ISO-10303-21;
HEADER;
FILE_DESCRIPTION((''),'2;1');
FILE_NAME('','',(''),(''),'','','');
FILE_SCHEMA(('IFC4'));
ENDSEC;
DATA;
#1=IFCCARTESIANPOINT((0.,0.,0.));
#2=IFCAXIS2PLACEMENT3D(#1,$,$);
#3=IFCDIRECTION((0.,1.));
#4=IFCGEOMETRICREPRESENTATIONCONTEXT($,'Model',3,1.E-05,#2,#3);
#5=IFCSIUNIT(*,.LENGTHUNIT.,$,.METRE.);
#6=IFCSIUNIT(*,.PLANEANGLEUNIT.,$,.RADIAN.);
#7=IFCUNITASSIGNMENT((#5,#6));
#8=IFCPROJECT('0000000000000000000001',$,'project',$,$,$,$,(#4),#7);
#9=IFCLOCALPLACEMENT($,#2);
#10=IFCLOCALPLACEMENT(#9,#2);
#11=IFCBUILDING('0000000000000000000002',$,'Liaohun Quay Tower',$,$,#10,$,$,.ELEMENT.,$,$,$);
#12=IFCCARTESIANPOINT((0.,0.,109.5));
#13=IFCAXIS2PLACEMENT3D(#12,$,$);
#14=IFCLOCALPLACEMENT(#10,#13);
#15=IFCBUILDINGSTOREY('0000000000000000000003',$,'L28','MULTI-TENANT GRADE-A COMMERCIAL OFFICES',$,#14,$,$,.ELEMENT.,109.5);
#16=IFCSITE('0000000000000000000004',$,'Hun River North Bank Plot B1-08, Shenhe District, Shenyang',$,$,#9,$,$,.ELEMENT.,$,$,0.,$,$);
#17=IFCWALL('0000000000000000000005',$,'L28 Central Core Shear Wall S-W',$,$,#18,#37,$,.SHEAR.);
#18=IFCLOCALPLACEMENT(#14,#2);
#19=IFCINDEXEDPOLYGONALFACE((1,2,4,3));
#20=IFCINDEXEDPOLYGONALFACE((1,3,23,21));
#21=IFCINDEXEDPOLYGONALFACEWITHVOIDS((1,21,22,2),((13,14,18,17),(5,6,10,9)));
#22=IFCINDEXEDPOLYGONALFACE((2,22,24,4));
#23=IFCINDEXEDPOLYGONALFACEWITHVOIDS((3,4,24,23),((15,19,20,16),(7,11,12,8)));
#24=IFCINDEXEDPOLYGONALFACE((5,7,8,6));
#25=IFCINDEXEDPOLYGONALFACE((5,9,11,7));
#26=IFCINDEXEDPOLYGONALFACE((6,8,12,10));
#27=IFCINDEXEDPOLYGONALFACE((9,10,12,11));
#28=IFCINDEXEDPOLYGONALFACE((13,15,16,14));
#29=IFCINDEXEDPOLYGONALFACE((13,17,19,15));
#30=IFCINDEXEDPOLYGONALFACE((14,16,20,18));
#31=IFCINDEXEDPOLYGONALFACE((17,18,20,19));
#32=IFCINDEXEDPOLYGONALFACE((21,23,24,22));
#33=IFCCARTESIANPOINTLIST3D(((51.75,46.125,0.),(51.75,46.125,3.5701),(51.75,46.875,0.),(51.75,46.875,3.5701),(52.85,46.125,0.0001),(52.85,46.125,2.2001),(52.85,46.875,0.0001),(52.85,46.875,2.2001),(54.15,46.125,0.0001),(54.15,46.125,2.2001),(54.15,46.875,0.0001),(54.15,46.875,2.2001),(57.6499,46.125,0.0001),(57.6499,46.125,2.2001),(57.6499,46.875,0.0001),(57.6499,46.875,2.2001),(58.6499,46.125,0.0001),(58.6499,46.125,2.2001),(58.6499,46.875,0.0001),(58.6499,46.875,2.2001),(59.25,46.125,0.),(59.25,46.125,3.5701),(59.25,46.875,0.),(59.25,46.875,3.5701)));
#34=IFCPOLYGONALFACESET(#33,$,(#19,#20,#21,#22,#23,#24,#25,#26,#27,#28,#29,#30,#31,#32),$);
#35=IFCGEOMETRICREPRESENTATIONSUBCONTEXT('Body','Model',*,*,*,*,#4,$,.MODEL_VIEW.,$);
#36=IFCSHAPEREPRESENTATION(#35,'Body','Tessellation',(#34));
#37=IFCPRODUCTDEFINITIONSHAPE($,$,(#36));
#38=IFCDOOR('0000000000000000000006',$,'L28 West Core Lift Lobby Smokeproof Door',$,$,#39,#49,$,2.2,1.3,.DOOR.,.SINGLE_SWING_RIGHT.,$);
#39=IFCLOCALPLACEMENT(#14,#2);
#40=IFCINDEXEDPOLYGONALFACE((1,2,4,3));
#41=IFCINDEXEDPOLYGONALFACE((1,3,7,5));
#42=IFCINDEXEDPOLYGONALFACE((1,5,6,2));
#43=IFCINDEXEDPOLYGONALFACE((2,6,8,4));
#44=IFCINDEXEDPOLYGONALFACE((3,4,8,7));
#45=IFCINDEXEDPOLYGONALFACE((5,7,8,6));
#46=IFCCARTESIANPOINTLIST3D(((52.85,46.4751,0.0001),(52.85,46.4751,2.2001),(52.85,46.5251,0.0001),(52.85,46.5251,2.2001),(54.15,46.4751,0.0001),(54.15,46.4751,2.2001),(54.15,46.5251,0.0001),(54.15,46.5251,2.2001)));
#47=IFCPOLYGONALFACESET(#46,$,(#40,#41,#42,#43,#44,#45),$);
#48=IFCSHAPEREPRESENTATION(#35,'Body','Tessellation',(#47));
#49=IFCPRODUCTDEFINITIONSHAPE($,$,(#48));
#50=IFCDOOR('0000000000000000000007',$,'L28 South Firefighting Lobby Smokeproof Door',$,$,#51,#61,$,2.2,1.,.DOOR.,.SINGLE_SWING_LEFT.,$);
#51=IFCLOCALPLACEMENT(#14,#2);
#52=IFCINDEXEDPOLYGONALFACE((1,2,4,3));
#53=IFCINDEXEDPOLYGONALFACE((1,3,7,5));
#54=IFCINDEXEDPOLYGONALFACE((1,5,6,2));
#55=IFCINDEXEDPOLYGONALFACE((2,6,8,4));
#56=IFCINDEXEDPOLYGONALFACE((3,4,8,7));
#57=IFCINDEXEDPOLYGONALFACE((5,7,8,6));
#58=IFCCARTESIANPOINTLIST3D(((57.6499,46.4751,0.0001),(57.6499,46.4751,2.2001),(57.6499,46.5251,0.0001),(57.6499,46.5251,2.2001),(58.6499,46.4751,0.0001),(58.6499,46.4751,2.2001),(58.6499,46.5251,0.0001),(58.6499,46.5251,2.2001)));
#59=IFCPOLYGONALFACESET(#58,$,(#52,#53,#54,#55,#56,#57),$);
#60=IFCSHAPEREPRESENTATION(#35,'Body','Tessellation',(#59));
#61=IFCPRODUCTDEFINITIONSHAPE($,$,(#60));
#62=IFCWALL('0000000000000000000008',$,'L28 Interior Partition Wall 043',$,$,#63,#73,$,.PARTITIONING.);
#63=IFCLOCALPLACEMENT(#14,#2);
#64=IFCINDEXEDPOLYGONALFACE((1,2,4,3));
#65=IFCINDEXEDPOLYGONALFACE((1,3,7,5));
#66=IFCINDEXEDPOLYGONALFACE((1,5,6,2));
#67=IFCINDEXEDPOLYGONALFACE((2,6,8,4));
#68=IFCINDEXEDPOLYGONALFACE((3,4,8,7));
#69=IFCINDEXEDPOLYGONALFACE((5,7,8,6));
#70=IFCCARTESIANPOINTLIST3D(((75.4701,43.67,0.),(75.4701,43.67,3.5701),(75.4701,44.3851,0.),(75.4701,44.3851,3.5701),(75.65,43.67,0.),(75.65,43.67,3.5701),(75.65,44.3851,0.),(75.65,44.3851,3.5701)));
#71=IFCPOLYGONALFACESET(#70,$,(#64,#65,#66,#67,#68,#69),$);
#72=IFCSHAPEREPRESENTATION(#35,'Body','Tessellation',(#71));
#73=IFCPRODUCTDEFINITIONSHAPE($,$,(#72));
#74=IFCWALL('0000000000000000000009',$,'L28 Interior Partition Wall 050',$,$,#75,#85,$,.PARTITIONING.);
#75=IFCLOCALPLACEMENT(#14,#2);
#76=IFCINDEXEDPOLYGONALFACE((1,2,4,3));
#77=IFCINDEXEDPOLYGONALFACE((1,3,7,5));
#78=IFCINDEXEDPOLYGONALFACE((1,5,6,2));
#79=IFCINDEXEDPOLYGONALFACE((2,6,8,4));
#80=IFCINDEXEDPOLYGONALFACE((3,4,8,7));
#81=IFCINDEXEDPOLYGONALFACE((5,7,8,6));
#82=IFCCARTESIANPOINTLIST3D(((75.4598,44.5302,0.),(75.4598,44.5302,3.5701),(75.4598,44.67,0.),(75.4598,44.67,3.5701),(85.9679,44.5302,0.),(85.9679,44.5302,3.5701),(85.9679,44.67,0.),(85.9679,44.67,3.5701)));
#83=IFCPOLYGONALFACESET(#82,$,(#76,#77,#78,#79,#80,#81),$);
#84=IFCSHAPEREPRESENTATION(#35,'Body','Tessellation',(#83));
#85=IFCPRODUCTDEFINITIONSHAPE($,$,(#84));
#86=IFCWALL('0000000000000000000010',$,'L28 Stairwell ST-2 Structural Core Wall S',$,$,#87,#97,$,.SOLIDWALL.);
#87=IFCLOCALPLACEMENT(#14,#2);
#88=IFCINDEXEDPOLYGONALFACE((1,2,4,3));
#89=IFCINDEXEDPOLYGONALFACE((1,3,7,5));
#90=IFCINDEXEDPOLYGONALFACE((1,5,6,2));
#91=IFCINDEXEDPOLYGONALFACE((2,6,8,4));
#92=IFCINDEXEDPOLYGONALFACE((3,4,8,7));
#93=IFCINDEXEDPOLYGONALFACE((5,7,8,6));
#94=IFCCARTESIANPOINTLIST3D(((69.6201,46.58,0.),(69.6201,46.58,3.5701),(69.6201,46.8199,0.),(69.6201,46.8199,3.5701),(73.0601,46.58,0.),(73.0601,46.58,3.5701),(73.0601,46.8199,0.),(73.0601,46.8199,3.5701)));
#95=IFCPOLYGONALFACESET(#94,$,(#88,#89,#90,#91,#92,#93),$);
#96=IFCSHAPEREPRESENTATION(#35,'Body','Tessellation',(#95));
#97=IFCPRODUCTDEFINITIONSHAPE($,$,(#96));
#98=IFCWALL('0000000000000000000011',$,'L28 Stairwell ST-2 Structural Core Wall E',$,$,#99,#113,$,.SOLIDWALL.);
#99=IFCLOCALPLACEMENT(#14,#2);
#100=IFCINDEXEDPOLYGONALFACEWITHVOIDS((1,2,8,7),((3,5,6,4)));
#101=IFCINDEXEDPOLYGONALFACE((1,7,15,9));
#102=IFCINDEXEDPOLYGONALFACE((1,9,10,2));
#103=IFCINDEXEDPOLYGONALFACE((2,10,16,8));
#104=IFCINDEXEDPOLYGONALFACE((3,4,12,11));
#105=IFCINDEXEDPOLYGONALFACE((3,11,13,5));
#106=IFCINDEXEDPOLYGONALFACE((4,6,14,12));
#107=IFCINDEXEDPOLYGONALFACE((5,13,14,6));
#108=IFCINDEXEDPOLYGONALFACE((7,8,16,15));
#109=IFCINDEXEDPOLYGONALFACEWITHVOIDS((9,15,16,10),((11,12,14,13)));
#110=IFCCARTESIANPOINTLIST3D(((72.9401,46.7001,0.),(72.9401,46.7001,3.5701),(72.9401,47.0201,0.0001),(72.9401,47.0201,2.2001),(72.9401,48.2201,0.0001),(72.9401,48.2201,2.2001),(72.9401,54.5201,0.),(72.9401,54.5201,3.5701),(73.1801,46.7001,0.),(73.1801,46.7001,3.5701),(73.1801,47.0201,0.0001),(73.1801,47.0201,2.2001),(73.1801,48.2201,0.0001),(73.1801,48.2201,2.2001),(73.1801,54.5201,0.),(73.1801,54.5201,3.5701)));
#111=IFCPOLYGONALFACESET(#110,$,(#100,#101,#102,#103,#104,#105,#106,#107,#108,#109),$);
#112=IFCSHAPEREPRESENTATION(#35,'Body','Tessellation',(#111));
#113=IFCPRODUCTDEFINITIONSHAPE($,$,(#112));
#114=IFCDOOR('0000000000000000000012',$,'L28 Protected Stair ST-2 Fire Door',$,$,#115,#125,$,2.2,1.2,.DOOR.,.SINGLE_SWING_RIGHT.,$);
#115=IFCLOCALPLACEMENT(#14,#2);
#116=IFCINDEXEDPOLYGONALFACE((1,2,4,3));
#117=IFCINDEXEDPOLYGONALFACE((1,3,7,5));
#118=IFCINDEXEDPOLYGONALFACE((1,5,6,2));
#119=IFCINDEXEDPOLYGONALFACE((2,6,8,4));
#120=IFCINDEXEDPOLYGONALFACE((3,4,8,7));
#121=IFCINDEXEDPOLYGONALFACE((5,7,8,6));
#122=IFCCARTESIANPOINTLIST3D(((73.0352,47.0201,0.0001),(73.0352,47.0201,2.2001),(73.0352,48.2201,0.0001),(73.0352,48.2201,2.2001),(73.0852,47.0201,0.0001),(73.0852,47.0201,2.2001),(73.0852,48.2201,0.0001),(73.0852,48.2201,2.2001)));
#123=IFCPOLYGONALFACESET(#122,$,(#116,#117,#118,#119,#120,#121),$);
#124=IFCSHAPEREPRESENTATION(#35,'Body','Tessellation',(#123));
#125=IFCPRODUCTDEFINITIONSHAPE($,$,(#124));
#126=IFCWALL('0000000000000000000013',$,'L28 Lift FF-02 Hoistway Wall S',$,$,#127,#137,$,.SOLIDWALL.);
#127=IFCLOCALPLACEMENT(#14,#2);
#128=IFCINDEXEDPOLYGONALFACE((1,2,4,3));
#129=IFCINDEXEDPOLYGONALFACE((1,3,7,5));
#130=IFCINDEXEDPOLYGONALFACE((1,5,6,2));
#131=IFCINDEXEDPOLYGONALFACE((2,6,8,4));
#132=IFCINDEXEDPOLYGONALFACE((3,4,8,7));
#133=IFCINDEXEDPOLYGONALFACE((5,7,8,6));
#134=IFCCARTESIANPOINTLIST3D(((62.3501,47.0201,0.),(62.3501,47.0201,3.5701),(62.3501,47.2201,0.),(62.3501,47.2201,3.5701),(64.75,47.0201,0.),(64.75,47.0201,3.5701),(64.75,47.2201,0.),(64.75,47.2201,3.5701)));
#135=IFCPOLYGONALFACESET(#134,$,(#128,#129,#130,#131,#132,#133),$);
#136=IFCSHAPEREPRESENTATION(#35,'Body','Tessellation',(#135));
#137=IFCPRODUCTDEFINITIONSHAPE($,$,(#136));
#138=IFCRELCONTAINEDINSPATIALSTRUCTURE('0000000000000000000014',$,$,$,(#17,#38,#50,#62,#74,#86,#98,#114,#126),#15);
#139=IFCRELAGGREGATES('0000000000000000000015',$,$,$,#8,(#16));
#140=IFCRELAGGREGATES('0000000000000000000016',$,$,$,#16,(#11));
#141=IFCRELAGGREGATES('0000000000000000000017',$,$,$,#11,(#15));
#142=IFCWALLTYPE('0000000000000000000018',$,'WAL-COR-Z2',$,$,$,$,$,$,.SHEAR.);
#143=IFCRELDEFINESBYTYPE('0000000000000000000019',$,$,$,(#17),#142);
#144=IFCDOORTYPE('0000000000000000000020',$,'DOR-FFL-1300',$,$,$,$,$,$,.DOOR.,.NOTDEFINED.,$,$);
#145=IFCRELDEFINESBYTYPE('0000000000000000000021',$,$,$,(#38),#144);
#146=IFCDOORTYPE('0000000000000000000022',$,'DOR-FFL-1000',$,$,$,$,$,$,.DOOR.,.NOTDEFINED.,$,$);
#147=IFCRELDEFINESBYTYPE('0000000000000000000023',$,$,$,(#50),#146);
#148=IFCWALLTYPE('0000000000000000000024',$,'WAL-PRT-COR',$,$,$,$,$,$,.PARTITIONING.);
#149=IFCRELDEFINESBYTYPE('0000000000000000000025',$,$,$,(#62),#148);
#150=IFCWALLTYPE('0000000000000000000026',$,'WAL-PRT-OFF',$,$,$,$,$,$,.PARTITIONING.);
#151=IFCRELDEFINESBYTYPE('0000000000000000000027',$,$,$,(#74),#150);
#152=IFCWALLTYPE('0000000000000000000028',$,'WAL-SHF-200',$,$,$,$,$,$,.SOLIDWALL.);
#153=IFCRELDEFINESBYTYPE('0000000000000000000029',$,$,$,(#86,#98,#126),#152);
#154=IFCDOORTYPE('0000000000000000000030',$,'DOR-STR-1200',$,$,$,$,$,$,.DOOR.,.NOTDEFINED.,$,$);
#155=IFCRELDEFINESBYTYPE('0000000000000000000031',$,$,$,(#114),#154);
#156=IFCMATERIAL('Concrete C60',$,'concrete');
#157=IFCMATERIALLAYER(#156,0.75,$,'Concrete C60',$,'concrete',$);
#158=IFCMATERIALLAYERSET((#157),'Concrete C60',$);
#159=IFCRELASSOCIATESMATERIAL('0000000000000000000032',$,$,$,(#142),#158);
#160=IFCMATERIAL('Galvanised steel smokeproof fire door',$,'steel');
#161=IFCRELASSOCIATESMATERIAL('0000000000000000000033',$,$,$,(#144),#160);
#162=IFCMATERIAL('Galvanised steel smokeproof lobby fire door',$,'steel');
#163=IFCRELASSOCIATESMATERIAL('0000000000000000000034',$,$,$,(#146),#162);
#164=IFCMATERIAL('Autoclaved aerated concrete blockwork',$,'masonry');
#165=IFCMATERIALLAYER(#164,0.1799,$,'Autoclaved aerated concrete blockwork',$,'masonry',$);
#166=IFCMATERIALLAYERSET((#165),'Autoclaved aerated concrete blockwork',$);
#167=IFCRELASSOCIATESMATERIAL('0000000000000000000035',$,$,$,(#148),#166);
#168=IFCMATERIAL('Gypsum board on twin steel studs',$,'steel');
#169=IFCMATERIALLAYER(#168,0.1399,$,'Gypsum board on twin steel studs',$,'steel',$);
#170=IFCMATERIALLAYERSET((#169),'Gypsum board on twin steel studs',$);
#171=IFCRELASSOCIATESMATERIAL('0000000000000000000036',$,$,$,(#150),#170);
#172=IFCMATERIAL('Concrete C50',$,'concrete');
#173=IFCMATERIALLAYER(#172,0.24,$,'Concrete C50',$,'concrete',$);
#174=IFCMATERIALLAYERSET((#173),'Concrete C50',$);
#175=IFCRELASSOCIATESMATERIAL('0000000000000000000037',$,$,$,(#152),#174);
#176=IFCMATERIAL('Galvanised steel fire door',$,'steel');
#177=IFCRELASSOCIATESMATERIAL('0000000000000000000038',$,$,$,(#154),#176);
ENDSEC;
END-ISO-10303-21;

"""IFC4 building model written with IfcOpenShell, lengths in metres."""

from ifc_helpers import new_model, si_unit, direction, frame, frame_2d, origin, place, context, subcontext, project, spatial, rectangle, extrude, source, transform, mapped, material, layer, layer_set, type_object, element, fill, save


model = new_model("IFC4")

# Units and contexts
model_context = context("Model", 3, precision=1e-05, world=origin(), true_north=direction((0.0, 1.0)))
body_context = subcontext(model_context, "Body", "Model", "MODEL_VIEW")
ifc_project = project(units=[si_unit("LENGTHUNIT", "METRE"), si_unit("PLANEANGLEUNIT", "RADIAN")], contexts=[model_context])

# Site, building, storey
site_placement = place(None, origin())
site = spatial("IfcSite", under=ifc_project, at=site_placement, Name="Hun River North Bank Plot B1-08, Shenhe District, Shenyang", CompositionType="ELEMENT", RefElevation=0.0)
building_placement = place(site_placement, origin())
building = spatial("IfcBuilding", under=site, at=building_placement, Name="Liaohun Quay Tower", CompositionType="ELEMENT")
storey_placement = place(building_placement, frame((0.0, 0.0, 109.5)))
storey = spatial("IfcBuildingStorey", under=building, at=storey_placement, Name="L28", Description="MULTI-TENANT GRADE-A COMMERCIAL OFFICES", CompositionType="ELEMENT", Elevation=109.5)

# Shared definitions
ifc_material_1 = material(Name="Concrete C60", Category="concrete")

# Shared definitions
ifc_layer_1 = layer(ifc_material_1, 0.75, Name="Concrete C60", Category="concrete")
ifc_layer_set_1 = layer_set([ifc_layer_1], Name="Concrete C60")
wall_type_1 = type_object("IfcWallType", Name="WAL-COR-Z2", PredefinedType="SHEAR", material=ifc_layer_set_1)
shared_shape_1 = source(origin(), body_context, "Body", "SweptSolid", [
    extrude(rectangle(XDim=1.3, YDim=2.2, at=frame_2d((0.6499, 1.1001))), frame((0.0, 0.385, 0.0), z_axis=(0.0, -1.0, 0.0), x_axis=(1.0, 0.0, 0.0)), (0.0, 0.0, 1.0), 0.77),
])
ifc_material_2 = material(Name="Galvanised steel smokeproof fire door", Category="steel")
door_type_1 = type_object("IfcDoorType", Name="DOR-FFL-1300", OperationType="NOTDEFINED", PredefinedType="DOOR", material=ifc_material_2)
shared_shape_2 = source(origin(), body_context, "Body", "SweptSolid", [
    extrude(rectangle(XDim=1.3, YDim=2.2, at=frame_2d((0.6499, 1.1001))), frame((0.0, 0.0249, 0.0), z_axis=(0.0, -1.0, 0.0), x_axis=(1.0, 0.0, 0.0)), (0.0, 0.0, 1.0), 0.05),
])

# Wall, openings, doors
wall_1_placement = place(storey_placement, frame((59.25, 46.5, 0.0), z_axis=(0.0, 0.0, 1.0), x_axis=(-1.0, 0.0, 0.0)))
wall_1 = element("IfcWall", 1, at=wall_1_placement, inside=storey, type_object=wall_type_1, Name="L28 Central Core Shear Wall S-W", PredefinedType="SHEAR", context=body_context, shape_type="SweptSolid", body=[
    extrude(rectangle(XDim=7.5, YDim=0.75, at=frame_2d((3.75, 0.0))), origin(), (0.0, 0.0, 1.0), 3.5701),
])
opening_1_placement = place(wall_1_placement, frame((5.1001, 0.0, 0.0)))
opening_1 = element("IfcOpeningElement", 2, at=opening_1_placement, cuts=wall_1, PredefinedType="OPENING", context=body_context, shape_type="MappedRepresentation", body=[
    mapped(shared_shape_1, transform((0.0, 0.0, 0.0), x_axis=(1.0, 0.0, 0.0), y_axis=(0.0, 1.0, 0.0), z_axis=(0.0, 0.0, 1.0), scale=1.0)),
])
shared_shape_3 = source(origin(), body_context, "Body", "SweptSolid", [
    extrude(rectangle(XDim=1.0, YDim=2.2, at=frame_2d((0.5, 1.1001))), frame((0.0, 0.385, 0.0), z_axis=(0.0, -1.0, 0.0), x_axis=(1.0, 0.0, 0.0)), (0.0, 0.0, 1.0), 0.77),
])
opening_2_placement = place(wall_1_placement, frame((0.6001, 0.0, 0.0)))
opening_2 = element("IfcOpeningElement", 3, at=opening_2_placement, cuts=wall_1, PredefinedType="OPENING", context=body_context, shape_type="MappedRepresentation", body=[
    mapped(shared_shape_3, transform((0.0, 0.0, 0.0), x_axis=(1.0, 0.0, 0.0), y_axis=(0.0, 1.0, 0.0), z_axis=(0.0, 0.0, 1.0), scale=1.0)),
])
door_1_placement = place(opening_1_placement, origin())
door_1 = element("IfcDoor", 4, at=door_1_placement, inside=storey, type_object=door_type_1, Name="L28 West Core Lift Lobby Smokeproof Door", OperationType="SINGLE_SWING_RIGHT", OverallHeight=2.2, OverallWidth=1.3, PredefinedType="DOOR", context=body_context, shape_type="MappedRepresentation", body=[
    mapped(shared_shape_2, transform((0.0, 0.0, 0.0), x_axis=(1.0, 0.0, 0.0), y_axis=(0.0, 1.0, 0.0), z_axis=(0.0, 0.0, 1.0), scale=1.0)),
])
fill(opening_1, door_1)
ifc_material_3 = material(Name="Galvanised steel smokeproof lobby fire door", Category="steel")
door_type_2 = type_object("IfcDoorType", Name="DOR-FFL-1000", OperationType="NOTDEFINED", PredefinedType="DOOR", material=ifc_material_3)
shared_shape_4 = source(origin(), body_context, "Body", "SweptSolid", [
    extrude(rectangle(XDim=1.0, YDim=2.2, at=frame_2d((0.5, 1.1001))), frame((0.0, 0.0249, 0.0), z_axis=(0.0, -1.0, 0.0), x_axis=(1.0, 0.0, 0.0)), (0.0, 0.0, 1.0), 0.05),
])
door_2_placement = place(opening_2_placement, origin())
door_2 = element("IfcDoor", 5, at=door_2_placement, inside=storey, type_object=door_type_2, Name="L28 South Firefighting Lobby Smokeproof Door", OperationType="SINGLE_SWING_LEFT", OverallHeight=2.2, OverallWidth=1.0, PredefinedType="DOOR", context=body_context, shape_type="MappedRepresentation", body=[
    mapped(shared_shape_4, transform((0.0, 0.0, 0.0), x_axis=(1.0, 0.0, 0.0), y_axis=(0.0, 1.0, 0.0), z_axis=(0.0, 0.0, 1.0), scale=1.0)),
])
fill(opening_2, door_2)

# Walls
ifc_material_4 = material(Name="Autoclaved aerated concrete blockwork", Category="masonry")
ifc_layer_2 = layer(ifc_material_4, 0.1799, Name="Autoclaved aerated concrete blockwork", Category="masonry")
ifc_layer_set_2 = layer_set([ifc_layer_2], Name="Autoclaved aerated concrete blockwork")
wall_type_2 = type_object("IfcWallType", Name="WAL-PRT-COR", PredefinedType="PARTITIONING", material=ifc_layer_set_2)
wall_2_placement = place(storey_placement, frame((75.5601, 44.385, 0.0), z_axis=(0.0, 0.0, 1.0), x_axis=(0.0, -1.0, 0.0)))
element("IfcWall", 6, at=wall_2_placement, inside=storey, type_object=wall_type_2, Name="L28 Interior Partition Wall 043", PredefinedType="PARTITIONING", context=body_context, shape_type="SweptSolid", body=[
    extrude(rectangle(XDim=0.7151, YDim=0.1799, at=frame_2d((0.3574, 0.0))), origin(), (0.0, 0.0, 1.0), 3.5701),
])
ifc_material_5 = material(Name="Gypsum board on twin steel studs", Category="steel")
ifc_layer_3 = layer(ifc_material_5, 0.1399, Name="Gypsum board on twin steel studs", Category="steel")
ifc_layer_set_3 = layer_set([ifc_layer_3], Name="Gypsum board on twin steel studs")
wall_type_3 = type_object("IfcWallType", Name="WAL-PRT-OFF", PredefinedType="PARTITIONING", material=ifc_layer_set_3)
wall_3_placement = place(storey_placement, frame((75.46, 44.6001, 0.0), z_axis=(0.0, 0.0, 1.0), x_axis=(1.0, 0.0, 0.0)))
element("IfcWall", 7, at=wall_3_placement, inside=storey, type_object=wall_type_3, Name="L28 Interior Partition Wall 050", PredefinedType="PARTITIONING", context=body_context, shape_type="SweptSolid", body=[
    extrude(rectangle(XDim=10.5081, YDim=0.1399, at=frame_2d((5.2539, 0.0))), origin(), (0.0, 0.0, 1.0), 3.5701),
])
ifc_material_6 = material(Name="Concrete C50", Category="concrete")
ifc_layer_4 = layer(ifc_material_6, 0.24, Name="Concrete C50", Category="concrete")
ifc_layer_set_4 = layer_set([ifc_layer_4], Name="Concrete C50")
wall_type_4 = type_object("IfcWallType", Name="WAL-SHF-200", PredefinedType="SOLIDWALL", material=ifc_layer_set_4)
wall_4_placement = place(storey_placement, frame((69.6201, 46.7, 0.0), z_axis=(0.0, 0.0, 1.0), x_axis=(1.0, 0.0, 0.0)))
element("IfcWall", 8, at=wall_4_placement, inside=storey, type_object=wall_type_4, Name="L28 Stairwell ST-2 Structural Core Wall S", PredefinedType="SOLIDWALL", context=body_context, shape_type="SweptSolid", body=[
    extrude(rectangle(XDim=3.4399, YDim=0.24, at=frame_2d((1.72, 0.0))), origin(), (0.0, 0.0, 1.0), 3.5701),
])

# Wall, opening, door
wall_5_placement = place(storey_placement, frame((73.0601, 46.7, 0.0), z_axis=(0.0, 0.0, 1.0), x_axis=(0.0, 1.0, 0.0)))
wall_5 = element("IfcWall", 9, at=wall_5_placement, inside=storey, type_object=wall_type_4, Name="L28 Stairwell ST-2 Structural Core Wall E", PredefinedType="SOLIDWALL", context=body_context, shape_type="SweptSolid", body=[
    extrude(rectangle(XDim=7.8201, YDim=0.24, at=frame_2d((3.9102, 0.0))), origin(), (0.0, 0.0, 1.0), 3.5701),
])
shared_shape_5 = source(origin(), body_context, "Body", "SweptSolid", [
    extrude(rectangle(XDim=1.2, YDim=2.2, at=frame_2d((0.6001, 1.1001))), frame((0.0, 0.1299, 0.0), z_axis=(0.0, -1.0, 0.0), x_axis=(1.0, 0.0, 0.0)), (0.0, 0.0, 1.0), 0.26),
])
opening_3_placement = place(wall_5_placement, frame((0.3201, 0.0, 0.0)))
opening_3 = element("IfcOpeningElement", 10, at=opening_3_placement, cuts=wall_5, PredefinedType="OPENING", context=body_context, shape_type="MappedRepresentation", body=[
    mapped(shared_shape_5, transform((0.0, 0.0, 0.0), x_axis=(1.0, 0.0, 0.0), y_axis=(0.0, 1.0, 0.0), z_axis=(0.0, 0.0, 1.0), scale=1.0)),
])
ifc_material_7 = material(Name="Galvanised steel fire door", Category="steel")
door_type_3 = type_object("IfcDoorType", Name="DOR-STR-1200", OperationType="NOTDEFINED", PredefinedType="DOOR", material=ifc_material_7)
shared_shape_6 = source(origin(), body_context, "Body", "SweptSolid", [
    extrude(rectangle(XDim=1.2, YDim=2.2, at=frame_2d((0.6001, 1.1001))), frame((0.0, 0.0249, 0.0), z_axis=(0.0, -1.0, 0.0), x_axis=(1.0, 0.0, 0.0)), (0.0, 0.0, 1.0), 0.05),
])
door_3_placement = place(opening_3_placement, origin())
door_3 = element("IfcDoor", 11, at=door_3_placement, inside=storey, type_object=door_type_3, Name="L28 Protected Stair ST-2 Fire Door", OperationType="SINGLE_SWING_RIGHT", OverallHeight=2.2, OverallWidth=1.2, PredefinedType="DOOR", context=body_context, shape_type="MappedRepresentation", body=[
    mapped(shared_shape_6, transform((0.0, 0.0, 0.0), x_axis=(1.0, 0.0, 0.0), y_axis=(0.0, 1.0, 0.0), z_axis=(0.0, 0.0, 1.0), scale=1.0)),
])
fill(opening_3, door_3)

# Wall
wall_6_placement = place(storey_placement, frame((62.3501, 47.1201, 0.0), z_axis=(0.0, 0.0, 1.0), x_axis=(1.0, 0.0, 0.0)))
element("IfcWall", 12, at=wall_6_placement, inside=storey, type_object=wall_type_4, Name="L28 Lift FF-02 Hoistway Wall S", PredefinedType="SOLIDWALL", context=body_context, shape_type="SweptSolid", body=[
    extrude(rectangle(XDim=2.3999, YDim=0.2, at=frame_2d((1.2, 0.0))), origin(), (0.0, 0.0, 1.0), 3.5701),
])

save(model, "model.ifc")
